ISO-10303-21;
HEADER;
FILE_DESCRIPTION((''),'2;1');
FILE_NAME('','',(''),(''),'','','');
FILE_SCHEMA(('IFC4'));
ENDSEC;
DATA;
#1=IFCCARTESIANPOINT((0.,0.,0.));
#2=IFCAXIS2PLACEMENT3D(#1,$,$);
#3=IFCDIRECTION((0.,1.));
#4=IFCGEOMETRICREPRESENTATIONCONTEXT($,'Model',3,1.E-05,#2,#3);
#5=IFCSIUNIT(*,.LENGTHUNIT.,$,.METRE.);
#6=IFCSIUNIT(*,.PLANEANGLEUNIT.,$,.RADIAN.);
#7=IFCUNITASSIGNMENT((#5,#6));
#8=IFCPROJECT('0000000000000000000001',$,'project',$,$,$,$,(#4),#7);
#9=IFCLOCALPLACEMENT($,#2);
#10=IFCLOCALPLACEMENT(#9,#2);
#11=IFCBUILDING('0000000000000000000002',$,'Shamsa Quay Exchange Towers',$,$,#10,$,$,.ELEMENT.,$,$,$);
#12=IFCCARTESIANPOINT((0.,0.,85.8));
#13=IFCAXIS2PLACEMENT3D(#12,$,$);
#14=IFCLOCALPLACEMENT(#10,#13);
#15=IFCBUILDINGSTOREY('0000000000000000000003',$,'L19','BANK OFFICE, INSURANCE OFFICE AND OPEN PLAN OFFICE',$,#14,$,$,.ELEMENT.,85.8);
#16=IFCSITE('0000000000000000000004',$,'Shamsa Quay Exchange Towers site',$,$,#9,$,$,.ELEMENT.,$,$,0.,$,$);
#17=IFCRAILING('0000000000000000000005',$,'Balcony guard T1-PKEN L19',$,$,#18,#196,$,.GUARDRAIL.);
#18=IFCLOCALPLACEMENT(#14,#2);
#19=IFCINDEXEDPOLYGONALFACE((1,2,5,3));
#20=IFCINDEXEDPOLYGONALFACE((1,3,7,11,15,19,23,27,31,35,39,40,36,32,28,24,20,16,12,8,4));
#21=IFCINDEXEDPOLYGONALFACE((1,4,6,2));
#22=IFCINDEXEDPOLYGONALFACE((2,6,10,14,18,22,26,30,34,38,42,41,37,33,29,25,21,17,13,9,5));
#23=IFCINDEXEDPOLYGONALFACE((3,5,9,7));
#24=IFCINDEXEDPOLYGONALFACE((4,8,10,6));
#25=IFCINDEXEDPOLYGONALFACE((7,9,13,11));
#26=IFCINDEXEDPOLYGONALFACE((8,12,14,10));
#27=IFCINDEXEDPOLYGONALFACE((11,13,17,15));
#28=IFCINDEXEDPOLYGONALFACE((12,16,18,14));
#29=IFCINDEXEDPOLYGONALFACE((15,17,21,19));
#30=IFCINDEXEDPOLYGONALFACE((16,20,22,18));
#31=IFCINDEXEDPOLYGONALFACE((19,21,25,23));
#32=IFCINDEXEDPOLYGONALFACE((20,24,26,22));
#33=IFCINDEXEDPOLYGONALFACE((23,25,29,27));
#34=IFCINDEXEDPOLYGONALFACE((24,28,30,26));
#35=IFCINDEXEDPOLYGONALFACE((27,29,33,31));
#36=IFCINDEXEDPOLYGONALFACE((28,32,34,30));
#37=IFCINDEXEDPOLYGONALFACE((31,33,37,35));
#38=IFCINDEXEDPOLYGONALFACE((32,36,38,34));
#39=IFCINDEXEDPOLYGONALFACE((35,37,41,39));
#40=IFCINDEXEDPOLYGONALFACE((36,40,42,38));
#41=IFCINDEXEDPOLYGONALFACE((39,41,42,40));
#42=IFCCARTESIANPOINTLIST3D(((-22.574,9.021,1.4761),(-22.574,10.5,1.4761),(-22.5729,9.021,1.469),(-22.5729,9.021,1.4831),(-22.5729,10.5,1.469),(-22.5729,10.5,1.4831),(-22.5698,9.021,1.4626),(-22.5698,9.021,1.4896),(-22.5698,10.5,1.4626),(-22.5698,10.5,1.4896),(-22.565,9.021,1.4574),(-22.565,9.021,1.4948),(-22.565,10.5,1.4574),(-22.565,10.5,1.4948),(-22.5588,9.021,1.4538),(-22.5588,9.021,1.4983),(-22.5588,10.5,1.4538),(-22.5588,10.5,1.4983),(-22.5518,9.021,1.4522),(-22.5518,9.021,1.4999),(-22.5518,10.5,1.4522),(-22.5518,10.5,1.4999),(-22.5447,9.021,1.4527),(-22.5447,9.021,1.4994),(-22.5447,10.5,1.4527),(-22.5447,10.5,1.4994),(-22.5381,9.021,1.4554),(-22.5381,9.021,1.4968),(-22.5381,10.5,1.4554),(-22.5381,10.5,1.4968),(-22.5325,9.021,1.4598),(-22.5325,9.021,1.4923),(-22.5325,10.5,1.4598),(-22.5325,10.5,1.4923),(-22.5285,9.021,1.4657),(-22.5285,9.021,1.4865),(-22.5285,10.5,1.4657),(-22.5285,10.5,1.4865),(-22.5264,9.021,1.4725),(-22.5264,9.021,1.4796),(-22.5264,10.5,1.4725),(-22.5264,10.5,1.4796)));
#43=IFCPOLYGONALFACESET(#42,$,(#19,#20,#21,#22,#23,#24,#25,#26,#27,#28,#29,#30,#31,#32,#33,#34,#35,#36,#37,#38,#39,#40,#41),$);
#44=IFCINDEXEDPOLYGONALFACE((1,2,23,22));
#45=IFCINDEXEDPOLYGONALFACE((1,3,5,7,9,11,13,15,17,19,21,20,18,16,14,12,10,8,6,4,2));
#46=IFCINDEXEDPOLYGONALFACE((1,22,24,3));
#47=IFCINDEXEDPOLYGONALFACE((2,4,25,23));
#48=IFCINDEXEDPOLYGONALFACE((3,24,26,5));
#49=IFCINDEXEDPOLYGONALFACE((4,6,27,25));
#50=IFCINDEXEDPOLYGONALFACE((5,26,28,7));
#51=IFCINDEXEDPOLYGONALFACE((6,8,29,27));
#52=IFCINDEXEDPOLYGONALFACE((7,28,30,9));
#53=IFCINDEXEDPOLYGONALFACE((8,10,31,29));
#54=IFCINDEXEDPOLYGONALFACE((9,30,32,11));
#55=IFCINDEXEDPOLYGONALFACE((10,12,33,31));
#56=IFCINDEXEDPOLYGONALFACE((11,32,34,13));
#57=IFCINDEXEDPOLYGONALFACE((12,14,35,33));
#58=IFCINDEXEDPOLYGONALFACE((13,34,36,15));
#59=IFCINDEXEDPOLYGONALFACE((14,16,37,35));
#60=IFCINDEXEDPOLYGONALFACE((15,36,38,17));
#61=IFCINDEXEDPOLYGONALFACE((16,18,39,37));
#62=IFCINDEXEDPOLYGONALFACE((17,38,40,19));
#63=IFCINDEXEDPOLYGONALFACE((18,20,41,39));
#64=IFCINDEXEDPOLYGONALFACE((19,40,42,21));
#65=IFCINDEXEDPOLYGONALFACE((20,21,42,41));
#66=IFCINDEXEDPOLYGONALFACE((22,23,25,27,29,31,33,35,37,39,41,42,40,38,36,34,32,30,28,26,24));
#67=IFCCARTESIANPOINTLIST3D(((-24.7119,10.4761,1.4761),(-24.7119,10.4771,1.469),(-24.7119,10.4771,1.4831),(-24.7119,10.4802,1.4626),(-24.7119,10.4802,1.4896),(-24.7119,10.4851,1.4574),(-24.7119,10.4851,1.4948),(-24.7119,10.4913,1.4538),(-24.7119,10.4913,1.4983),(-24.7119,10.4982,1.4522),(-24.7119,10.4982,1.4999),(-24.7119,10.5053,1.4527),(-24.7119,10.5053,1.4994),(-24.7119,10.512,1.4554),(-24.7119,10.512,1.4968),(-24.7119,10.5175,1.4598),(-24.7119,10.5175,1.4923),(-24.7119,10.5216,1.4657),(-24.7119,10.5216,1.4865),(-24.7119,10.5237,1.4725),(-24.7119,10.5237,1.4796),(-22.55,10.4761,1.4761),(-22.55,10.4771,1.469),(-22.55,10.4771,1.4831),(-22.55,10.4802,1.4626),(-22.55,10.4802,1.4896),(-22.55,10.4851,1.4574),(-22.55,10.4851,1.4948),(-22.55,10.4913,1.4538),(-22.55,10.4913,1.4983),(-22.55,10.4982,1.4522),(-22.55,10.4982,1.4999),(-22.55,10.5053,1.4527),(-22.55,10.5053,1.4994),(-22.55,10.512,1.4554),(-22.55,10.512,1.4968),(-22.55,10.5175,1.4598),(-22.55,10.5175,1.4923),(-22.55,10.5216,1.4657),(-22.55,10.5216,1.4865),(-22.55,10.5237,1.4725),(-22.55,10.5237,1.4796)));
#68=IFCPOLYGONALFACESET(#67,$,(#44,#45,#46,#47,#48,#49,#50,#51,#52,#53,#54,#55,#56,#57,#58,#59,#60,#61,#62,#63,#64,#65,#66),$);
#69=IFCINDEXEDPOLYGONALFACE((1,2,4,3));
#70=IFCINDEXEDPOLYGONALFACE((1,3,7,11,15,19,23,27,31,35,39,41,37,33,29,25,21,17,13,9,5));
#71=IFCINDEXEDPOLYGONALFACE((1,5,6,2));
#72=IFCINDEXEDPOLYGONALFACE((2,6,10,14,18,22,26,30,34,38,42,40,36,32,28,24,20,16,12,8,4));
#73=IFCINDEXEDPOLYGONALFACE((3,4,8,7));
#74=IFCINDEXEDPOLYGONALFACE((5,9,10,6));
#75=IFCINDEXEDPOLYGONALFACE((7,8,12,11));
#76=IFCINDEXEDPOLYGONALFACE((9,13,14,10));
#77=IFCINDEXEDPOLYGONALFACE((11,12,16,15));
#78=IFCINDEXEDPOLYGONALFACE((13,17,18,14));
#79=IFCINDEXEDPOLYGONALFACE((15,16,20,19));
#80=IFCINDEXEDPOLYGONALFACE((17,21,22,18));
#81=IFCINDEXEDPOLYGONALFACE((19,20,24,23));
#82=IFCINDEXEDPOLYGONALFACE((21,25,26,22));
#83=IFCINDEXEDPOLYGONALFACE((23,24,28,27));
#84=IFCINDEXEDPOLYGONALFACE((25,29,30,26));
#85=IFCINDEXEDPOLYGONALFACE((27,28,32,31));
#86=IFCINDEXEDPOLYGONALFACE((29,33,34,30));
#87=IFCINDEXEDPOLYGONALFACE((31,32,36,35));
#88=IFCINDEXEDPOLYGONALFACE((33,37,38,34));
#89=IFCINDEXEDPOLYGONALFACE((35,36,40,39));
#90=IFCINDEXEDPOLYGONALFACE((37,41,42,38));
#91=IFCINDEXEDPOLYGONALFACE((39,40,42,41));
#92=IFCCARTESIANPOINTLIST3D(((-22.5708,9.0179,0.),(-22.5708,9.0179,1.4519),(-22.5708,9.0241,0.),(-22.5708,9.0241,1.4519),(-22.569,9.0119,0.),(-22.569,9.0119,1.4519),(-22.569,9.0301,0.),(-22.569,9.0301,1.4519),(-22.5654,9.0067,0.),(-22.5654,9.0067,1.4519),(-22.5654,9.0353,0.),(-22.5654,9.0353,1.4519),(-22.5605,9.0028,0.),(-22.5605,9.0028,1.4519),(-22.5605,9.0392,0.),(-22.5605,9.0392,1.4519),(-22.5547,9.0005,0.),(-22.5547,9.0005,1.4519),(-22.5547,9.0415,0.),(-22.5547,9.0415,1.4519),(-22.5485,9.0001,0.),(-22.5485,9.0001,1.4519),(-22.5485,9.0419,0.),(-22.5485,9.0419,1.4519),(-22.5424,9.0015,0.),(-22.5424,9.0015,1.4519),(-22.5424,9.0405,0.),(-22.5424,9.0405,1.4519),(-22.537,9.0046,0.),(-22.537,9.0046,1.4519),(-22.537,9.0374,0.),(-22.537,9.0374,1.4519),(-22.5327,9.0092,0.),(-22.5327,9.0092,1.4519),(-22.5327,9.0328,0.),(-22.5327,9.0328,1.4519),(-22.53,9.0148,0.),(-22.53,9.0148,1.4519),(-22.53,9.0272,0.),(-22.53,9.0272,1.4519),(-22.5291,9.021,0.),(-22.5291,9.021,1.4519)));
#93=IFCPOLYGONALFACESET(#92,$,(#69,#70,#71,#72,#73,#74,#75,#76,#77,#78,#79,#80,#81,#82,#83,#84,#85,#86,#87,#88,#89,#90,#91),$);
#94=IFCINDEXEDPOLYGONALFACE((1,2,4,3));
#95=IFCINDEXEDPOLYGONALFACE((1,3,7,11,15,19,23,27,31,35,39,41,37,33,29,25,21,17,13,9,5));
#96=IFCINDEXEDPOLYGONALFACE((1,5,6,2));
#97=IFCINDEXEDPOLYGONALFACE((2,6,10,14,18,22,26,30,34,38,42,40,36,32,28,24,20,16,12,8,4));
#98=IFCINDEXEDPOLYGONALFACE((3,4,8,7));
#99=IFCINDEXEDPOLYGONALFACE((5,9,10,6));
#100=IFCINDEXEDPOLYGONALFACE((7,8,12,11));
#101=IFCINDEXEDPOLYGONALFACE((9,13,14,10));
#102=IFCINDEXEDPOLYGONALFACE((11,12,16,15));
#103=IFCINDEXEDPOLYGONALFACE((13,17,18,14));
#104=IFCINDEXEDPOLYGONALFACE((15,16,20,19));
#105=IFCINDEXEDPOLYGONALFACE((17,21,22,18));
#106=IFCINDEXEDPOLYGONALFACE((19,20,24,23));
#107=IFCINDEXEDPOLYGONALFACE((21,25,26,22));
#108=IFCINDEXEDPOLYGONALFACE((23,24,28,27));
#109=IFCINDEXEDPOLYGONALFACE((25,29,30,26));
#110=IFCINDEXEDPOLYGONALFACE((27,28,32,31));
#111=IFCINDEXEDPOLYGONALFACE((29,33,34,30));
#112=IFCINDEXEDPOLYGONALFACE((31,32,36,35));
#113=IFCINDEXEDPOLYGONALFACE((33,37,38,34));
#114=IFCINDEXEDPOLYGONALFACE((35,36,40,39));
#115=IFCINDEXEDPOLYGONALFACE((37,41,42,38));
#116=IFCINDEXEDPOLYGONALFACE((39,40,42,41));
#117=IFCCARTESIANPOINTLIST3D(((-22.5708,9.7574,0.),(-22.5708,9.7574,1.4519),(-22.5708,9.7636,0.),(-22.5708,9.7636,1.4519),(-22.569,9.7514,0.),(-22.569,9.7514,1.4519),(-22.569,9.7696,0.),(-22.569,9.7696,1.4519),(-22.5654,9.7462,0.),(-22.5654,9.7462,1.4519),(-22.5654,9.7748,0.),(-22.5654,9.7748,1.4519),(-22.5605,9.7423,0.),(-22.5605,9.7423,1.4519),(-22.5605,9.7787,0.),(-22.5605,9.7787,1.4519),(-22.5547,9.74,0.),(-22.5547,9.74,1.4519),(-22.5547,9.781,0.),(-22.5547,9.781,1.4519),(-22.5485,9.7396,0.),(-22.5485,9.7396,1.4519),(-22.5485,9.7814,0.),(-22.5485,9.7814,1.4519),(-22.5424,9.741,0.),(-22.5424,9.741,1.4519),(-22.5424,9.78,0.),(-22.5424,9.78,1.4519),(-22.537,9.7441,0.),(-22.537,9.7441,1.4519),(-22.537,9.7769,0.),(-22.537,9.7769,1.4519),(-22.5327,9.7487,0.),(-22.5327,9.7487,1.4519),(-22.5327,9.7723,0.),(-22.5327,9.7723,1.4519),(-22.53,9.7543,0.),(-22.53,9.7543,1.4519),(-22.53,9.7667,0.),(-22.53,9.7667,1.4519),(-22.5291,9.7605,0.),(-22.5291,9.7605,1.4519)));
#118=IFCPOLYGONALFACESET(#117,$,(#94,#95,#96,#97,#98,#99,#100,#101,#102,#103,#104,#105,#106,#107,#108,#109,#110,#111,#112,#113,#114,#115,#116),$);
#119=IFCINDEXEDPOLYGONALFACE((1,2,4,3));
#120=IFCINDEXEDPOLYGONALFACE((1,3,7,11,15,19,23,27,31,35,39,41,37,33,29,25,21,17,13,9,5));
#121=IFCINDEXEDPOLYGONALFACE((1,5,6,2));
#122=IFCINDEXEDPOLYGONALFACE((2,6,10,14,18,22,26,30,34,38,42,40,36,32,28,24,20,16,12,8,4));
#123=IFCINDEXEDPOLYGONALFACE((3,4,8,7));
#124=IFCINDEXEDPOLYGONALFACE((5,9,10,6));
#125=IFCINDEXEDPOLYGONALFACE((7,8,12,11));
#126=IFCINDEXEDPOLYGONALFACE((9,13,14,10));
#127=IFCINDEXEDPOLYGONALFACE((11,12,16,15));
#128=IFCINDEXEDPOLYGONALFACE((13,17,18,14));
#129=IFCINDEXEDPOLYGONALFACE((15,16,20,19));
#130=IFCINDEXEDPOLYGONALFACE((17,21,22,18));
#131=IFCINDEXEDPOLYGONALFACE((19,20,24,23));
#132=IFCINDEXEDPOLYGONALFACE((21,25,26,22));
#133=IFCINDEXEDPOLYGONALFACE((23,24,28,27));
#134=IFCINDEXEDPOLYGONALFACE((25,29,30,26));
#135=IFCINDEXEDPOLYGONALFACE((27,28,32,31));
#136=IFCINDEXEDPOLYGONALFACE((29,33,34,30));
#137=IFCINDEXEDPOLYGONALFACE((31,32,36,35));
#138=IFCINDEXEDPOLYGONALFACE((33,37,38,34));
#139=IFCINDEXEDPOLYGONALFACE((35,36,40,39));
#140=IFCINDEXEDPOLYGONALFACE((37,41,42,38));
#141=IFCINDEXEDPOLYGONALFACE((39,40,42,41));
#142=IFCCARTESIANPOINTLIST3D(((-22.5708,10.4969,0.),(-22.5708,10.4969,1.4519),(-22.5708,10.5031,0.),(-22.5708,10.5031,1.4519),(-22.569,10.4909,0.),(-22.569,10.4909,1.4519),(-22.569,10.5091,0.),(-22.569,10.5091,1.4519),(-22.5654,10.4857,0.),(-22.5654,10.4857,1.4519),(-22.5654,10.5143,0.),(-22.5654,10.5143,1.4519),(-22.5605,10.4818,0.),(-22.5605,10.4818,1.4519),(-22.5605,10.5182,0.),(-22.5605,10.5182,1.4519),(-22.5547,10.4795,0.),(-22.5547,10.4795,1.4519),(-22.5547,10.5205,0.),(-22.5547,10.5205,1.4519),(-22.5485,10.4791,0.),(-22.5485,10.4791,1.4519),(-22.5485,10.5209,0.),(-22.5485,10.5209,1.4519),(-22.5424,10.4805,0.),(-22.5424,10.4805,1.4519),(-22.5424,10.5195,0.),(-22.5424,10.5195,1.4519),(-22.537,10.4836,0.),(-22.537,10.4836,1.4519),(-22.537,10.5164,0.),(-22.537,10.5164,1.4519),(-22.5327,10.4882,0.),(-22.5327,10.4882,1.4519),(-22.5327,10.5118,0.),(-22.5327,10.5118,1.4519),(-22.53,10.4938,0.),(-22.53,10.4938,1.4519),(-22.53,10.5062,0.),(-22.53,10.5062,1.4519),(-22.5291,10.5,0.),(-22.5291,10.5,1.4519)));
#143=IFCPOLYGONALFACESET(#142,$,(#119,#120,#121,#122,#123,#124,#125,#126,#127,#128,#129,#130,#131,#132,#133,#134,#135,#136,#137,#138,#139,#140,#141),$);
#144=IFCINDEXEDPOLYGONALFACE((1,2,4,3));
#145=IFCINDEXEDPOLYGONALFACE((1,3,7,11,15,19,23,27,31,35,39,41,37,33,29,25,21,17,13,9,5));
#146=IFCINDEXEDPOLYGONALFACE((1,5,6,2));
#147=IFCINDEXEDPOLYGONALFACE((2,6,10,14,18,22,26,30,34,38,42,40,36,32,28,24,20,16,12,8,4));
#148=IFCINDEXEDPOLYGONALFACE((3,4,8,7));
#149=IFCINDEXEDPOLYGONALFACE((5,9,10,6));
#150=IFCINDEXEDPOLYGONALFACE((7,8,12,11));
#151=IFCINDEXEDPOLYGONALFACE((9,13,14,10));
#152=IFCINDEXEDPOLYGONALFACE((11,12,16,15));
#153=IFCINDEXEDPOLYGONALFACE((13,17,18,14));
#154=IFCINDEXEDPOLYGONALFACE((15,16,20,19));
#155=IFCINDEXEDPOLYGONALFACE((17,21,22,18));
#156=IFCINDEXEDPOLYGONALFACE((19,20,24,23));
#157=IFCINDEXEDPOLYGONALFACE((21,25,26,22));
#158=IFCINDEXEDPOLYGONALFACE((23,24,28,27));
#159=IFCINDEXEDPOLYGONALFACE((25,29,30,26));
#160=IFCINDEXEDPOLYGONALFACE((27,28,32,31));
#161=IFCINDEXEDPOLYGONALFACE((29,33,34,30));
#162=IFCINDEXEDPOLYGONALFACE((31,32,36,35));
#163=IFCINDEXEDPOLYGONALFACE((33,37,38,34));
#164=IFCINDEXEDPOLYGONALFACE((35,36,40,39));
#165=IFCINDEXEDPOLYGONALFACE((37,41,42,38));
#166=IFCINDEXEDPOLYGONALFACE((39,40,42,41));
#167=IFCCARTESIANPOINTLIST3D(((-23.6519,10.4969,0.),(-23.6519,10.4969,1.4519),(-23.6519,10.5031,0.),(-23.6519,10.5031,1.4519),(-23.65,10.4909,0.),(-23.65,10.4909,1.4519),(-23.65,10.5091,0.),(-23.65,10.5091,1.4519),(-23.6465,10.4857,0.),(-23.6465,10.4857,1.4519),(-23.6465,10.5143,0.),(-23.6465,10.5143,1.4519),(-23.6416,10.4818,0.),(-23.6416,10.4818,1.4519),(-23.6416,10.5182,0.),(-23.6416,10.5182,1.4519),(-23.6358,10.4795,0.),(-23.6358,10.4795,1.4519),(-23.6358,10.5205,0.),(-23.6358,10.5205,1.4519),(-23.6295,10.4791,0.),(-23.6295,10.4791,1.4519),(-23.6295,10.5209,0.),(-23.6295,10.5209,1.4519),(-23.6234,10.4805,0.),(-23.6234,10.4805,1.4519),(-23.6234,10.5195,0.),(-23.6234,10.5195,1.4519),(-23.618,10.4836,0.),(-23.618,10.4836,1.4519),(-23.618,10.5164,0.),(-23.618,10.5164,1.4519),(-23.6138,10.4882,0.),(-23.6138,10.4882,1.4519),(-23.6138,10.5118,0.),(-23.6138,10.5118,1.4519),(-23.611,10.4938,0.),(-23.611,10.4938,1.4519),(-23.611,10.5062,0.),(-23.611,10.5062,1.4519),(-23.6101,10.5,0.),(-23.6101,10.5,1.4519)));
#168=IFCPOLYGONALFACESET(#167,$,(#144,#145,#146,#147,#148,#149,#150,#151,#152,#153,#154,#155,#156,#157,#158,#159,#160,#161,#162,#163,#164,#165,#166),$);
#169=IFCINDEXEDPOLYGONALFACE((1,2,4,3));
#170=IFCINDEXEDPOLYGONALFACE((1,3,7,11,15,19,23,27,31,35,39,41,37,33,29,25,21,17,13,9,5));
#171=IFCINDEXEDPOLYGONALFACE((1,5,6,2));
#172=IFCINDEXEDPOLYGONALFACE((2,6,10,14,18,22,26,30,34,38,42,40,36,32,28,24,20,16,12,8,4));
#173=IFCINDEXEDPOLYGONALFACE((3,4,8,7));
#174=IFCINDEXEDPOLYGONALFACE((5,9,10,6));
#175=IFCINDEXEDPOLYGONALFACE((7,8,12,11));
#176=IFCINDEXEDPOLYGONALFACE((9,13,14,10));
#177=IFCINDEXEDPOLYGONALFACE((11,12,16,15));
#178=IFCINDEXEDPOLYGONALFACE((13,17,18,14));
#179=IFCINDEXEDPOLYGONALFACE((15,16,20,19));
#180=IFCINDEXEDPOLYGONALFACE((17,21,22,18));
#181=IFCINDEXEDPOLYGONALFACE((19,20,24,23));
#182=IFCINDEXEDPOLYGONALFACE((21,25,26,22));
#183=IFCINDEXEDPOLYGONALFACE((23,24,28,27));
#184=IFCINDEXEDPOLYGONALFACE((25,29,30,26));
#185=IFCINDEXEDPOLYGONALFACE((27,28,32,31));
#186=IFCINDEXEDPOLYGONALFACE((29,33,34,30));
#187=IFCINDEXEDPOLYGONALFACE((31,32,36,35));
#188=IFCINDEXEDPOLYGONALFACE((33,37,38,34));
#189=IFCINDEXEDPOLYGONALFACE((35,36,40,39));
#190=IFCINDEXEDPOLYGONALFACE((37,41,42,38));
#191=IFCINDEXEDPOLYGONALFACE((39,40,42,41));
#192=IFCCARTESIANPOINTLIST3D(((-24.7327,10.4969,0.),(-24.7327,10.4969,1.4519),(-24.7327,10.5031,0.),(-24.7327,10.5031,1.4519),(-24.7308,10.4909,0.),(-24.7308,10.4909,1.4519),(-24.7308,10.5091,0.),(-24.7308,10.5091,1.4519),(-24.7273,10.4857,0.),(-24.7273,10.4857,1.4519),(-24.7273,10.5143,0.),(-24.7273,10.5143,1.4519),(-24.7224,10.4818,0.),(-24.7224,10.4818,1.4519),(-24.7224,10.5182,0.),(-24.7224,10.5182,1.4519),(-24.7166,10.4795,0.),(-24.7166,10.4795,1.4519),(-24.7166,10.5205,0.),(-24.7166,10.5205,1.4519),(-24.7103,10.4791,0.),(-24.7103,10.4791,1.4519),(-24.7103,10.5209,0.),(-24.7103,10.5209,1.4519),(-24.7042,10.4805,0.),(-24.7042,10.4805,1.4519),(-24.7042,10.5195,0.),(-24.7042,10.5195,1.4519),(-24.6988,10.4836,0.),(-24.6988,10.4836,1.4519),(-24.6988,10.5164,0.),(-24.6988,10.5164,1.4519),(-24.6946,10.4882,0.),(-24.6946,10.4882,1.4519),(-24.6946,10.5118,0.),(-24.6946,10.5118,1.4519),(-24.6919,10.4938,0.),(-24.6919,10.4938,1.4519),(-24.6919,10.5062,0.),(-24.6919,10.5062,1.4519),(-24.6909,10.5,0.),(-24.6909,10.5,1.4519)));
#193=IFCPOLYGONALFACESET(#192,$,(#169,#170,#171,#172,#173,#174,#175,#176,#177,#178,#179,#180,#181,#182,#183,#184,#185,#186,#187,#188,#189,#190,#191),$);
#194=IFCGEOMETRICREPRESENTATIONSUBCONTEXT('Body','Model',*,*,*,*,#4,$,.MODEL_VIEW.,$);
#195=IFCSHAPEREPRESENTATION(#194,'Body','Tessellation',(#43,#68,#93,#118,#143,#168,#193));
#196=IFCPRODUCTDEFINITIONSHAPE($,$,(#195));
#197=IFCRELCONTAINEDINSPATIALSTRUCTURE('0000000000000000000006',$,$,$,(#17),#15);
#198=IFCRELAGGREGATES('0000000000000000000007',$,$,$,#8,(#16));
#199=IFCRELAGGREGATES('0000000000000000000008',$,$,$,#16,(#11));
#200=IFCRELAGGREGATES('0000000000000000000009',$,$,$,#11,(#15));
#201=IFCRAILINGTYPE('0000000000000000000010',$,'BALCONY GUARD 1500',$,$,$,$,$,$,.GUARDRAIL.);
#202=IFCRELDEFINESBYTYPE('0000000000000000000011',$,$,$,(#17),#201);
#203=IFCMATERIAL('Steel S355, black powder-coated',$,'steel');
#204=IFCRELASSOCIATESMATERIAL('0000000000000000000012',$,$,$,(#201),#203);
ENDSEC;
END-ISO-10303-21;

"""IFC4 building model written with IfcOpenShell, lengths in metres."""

from ifc_helpers import new_model, si_unit, direction, frame, origin, origin_2d, place, context, subcontext, project, spatial, circle, extrude, material, type_object, element, save


model = new_model("IFC4")

# Units and contexts
model_context = context("Model", 3, precision=1e-05, world=origin(), true_north=direction((0.0, 1.0)))
body_context = subcontext(model_context, "Body", "Model", "MODEL_VIEW")
ifc_project = project(units=[si_unit("LENGTHUNIT", "METRE"), si_unit("PLANEANGLEUNIT", "RADIAN")], contexts=[model_context])

# Site, building, storey
site_placement = place(None, origin())
site = spatial("IfcSite", under=ifc_project, at=site_placement, Name="Shamsa Quay Exchange Towers site", CompositionType="ELEMENT", RefElevation=0.0)
building_placement = place(site_placement, origin())
building = spatial("IfcBuilding", under=site, at=building_placement, Name="Shamsa Quay Exchange Towers", CompositionType="ELEMENT")
storey_placement = place(building_placement, frame((0.0, 0.0, 85.8)))
storey = spatial("IfcBuildingStorey", under=building, at=storey_placement, Name="L19", Description="BANK OFFICE, INSURANCE OFFICE AND OPEN PLAN OFFICE", CompositionType="ELEMENT", Elevation=85.8)

# Railing
ifc_material_1 = material(Name="Steel S355, black powder-coated", Category="steel")
railing_type = type_object("IfcRailingType", Name="BALCONY GUARD 1500", PredefinedType="GUARDRAIL", material=ifc_material_1)
for number, where, name in (
    (1, (-22.55, 9.021, 0.0), "Balcony guard T1-PKEN L19"),
):
    element("IfcRailing", number, at=place(storey_placement, frame(where)), inside=storey, type_object=railing_type, Name=name, PredefinedType="GUARDRAIL", context=body_context, shape_type="SweptSolid", body=[
        extrude(circle(Radius=0.0239, at=origin_2d()), frame((0.0, 0.0, 1.4761), z_axis=(0.0, 1.0, 0.0), x_axis=(-1.0, 0.0, 0.0)), (0.0, 0.0, 1.0), 1.479),
        extrude(circle(Radius=0.0239, at=origin_2d()), frame((0.0, 1.479, 1.4761), z_axis=(-1.0, 0.0, 0.0), x_axis=(0.0, -1.0, 0.0)), (0.0, 0.0, 1.0), 2.1619),
        extrude(circle(Radius=0.021, at=origin_2d()), origin(), (0.0, 0.0, 1.0), 1.4519),
        extrude(circle(Radius=0.021, at=origin_2d()), frame((0.0, 0.7395, 0.0)), (0.0, 0.0, 1.0), 1.4519),
        extrude(circle(Radius=0.021, at=origin_2d()), frame((0.0, 1.479, 0.0)), (0.0, 0.0, 1.0), 1.4519),
        extrude(circle(Radius=0.021, at=origin_2d()), frame((-1.0811, 1.479, 0.0)), (0.0, 0.0, 1.0), 1.4519),
        extrude(circle(Radius=0.021, at=origin_2d()), frame((-2.1619, 1.479, 0.0)), (0.0, 0.0, 1.0), 1.4519),
    ])

save(model, "model.ifc")
